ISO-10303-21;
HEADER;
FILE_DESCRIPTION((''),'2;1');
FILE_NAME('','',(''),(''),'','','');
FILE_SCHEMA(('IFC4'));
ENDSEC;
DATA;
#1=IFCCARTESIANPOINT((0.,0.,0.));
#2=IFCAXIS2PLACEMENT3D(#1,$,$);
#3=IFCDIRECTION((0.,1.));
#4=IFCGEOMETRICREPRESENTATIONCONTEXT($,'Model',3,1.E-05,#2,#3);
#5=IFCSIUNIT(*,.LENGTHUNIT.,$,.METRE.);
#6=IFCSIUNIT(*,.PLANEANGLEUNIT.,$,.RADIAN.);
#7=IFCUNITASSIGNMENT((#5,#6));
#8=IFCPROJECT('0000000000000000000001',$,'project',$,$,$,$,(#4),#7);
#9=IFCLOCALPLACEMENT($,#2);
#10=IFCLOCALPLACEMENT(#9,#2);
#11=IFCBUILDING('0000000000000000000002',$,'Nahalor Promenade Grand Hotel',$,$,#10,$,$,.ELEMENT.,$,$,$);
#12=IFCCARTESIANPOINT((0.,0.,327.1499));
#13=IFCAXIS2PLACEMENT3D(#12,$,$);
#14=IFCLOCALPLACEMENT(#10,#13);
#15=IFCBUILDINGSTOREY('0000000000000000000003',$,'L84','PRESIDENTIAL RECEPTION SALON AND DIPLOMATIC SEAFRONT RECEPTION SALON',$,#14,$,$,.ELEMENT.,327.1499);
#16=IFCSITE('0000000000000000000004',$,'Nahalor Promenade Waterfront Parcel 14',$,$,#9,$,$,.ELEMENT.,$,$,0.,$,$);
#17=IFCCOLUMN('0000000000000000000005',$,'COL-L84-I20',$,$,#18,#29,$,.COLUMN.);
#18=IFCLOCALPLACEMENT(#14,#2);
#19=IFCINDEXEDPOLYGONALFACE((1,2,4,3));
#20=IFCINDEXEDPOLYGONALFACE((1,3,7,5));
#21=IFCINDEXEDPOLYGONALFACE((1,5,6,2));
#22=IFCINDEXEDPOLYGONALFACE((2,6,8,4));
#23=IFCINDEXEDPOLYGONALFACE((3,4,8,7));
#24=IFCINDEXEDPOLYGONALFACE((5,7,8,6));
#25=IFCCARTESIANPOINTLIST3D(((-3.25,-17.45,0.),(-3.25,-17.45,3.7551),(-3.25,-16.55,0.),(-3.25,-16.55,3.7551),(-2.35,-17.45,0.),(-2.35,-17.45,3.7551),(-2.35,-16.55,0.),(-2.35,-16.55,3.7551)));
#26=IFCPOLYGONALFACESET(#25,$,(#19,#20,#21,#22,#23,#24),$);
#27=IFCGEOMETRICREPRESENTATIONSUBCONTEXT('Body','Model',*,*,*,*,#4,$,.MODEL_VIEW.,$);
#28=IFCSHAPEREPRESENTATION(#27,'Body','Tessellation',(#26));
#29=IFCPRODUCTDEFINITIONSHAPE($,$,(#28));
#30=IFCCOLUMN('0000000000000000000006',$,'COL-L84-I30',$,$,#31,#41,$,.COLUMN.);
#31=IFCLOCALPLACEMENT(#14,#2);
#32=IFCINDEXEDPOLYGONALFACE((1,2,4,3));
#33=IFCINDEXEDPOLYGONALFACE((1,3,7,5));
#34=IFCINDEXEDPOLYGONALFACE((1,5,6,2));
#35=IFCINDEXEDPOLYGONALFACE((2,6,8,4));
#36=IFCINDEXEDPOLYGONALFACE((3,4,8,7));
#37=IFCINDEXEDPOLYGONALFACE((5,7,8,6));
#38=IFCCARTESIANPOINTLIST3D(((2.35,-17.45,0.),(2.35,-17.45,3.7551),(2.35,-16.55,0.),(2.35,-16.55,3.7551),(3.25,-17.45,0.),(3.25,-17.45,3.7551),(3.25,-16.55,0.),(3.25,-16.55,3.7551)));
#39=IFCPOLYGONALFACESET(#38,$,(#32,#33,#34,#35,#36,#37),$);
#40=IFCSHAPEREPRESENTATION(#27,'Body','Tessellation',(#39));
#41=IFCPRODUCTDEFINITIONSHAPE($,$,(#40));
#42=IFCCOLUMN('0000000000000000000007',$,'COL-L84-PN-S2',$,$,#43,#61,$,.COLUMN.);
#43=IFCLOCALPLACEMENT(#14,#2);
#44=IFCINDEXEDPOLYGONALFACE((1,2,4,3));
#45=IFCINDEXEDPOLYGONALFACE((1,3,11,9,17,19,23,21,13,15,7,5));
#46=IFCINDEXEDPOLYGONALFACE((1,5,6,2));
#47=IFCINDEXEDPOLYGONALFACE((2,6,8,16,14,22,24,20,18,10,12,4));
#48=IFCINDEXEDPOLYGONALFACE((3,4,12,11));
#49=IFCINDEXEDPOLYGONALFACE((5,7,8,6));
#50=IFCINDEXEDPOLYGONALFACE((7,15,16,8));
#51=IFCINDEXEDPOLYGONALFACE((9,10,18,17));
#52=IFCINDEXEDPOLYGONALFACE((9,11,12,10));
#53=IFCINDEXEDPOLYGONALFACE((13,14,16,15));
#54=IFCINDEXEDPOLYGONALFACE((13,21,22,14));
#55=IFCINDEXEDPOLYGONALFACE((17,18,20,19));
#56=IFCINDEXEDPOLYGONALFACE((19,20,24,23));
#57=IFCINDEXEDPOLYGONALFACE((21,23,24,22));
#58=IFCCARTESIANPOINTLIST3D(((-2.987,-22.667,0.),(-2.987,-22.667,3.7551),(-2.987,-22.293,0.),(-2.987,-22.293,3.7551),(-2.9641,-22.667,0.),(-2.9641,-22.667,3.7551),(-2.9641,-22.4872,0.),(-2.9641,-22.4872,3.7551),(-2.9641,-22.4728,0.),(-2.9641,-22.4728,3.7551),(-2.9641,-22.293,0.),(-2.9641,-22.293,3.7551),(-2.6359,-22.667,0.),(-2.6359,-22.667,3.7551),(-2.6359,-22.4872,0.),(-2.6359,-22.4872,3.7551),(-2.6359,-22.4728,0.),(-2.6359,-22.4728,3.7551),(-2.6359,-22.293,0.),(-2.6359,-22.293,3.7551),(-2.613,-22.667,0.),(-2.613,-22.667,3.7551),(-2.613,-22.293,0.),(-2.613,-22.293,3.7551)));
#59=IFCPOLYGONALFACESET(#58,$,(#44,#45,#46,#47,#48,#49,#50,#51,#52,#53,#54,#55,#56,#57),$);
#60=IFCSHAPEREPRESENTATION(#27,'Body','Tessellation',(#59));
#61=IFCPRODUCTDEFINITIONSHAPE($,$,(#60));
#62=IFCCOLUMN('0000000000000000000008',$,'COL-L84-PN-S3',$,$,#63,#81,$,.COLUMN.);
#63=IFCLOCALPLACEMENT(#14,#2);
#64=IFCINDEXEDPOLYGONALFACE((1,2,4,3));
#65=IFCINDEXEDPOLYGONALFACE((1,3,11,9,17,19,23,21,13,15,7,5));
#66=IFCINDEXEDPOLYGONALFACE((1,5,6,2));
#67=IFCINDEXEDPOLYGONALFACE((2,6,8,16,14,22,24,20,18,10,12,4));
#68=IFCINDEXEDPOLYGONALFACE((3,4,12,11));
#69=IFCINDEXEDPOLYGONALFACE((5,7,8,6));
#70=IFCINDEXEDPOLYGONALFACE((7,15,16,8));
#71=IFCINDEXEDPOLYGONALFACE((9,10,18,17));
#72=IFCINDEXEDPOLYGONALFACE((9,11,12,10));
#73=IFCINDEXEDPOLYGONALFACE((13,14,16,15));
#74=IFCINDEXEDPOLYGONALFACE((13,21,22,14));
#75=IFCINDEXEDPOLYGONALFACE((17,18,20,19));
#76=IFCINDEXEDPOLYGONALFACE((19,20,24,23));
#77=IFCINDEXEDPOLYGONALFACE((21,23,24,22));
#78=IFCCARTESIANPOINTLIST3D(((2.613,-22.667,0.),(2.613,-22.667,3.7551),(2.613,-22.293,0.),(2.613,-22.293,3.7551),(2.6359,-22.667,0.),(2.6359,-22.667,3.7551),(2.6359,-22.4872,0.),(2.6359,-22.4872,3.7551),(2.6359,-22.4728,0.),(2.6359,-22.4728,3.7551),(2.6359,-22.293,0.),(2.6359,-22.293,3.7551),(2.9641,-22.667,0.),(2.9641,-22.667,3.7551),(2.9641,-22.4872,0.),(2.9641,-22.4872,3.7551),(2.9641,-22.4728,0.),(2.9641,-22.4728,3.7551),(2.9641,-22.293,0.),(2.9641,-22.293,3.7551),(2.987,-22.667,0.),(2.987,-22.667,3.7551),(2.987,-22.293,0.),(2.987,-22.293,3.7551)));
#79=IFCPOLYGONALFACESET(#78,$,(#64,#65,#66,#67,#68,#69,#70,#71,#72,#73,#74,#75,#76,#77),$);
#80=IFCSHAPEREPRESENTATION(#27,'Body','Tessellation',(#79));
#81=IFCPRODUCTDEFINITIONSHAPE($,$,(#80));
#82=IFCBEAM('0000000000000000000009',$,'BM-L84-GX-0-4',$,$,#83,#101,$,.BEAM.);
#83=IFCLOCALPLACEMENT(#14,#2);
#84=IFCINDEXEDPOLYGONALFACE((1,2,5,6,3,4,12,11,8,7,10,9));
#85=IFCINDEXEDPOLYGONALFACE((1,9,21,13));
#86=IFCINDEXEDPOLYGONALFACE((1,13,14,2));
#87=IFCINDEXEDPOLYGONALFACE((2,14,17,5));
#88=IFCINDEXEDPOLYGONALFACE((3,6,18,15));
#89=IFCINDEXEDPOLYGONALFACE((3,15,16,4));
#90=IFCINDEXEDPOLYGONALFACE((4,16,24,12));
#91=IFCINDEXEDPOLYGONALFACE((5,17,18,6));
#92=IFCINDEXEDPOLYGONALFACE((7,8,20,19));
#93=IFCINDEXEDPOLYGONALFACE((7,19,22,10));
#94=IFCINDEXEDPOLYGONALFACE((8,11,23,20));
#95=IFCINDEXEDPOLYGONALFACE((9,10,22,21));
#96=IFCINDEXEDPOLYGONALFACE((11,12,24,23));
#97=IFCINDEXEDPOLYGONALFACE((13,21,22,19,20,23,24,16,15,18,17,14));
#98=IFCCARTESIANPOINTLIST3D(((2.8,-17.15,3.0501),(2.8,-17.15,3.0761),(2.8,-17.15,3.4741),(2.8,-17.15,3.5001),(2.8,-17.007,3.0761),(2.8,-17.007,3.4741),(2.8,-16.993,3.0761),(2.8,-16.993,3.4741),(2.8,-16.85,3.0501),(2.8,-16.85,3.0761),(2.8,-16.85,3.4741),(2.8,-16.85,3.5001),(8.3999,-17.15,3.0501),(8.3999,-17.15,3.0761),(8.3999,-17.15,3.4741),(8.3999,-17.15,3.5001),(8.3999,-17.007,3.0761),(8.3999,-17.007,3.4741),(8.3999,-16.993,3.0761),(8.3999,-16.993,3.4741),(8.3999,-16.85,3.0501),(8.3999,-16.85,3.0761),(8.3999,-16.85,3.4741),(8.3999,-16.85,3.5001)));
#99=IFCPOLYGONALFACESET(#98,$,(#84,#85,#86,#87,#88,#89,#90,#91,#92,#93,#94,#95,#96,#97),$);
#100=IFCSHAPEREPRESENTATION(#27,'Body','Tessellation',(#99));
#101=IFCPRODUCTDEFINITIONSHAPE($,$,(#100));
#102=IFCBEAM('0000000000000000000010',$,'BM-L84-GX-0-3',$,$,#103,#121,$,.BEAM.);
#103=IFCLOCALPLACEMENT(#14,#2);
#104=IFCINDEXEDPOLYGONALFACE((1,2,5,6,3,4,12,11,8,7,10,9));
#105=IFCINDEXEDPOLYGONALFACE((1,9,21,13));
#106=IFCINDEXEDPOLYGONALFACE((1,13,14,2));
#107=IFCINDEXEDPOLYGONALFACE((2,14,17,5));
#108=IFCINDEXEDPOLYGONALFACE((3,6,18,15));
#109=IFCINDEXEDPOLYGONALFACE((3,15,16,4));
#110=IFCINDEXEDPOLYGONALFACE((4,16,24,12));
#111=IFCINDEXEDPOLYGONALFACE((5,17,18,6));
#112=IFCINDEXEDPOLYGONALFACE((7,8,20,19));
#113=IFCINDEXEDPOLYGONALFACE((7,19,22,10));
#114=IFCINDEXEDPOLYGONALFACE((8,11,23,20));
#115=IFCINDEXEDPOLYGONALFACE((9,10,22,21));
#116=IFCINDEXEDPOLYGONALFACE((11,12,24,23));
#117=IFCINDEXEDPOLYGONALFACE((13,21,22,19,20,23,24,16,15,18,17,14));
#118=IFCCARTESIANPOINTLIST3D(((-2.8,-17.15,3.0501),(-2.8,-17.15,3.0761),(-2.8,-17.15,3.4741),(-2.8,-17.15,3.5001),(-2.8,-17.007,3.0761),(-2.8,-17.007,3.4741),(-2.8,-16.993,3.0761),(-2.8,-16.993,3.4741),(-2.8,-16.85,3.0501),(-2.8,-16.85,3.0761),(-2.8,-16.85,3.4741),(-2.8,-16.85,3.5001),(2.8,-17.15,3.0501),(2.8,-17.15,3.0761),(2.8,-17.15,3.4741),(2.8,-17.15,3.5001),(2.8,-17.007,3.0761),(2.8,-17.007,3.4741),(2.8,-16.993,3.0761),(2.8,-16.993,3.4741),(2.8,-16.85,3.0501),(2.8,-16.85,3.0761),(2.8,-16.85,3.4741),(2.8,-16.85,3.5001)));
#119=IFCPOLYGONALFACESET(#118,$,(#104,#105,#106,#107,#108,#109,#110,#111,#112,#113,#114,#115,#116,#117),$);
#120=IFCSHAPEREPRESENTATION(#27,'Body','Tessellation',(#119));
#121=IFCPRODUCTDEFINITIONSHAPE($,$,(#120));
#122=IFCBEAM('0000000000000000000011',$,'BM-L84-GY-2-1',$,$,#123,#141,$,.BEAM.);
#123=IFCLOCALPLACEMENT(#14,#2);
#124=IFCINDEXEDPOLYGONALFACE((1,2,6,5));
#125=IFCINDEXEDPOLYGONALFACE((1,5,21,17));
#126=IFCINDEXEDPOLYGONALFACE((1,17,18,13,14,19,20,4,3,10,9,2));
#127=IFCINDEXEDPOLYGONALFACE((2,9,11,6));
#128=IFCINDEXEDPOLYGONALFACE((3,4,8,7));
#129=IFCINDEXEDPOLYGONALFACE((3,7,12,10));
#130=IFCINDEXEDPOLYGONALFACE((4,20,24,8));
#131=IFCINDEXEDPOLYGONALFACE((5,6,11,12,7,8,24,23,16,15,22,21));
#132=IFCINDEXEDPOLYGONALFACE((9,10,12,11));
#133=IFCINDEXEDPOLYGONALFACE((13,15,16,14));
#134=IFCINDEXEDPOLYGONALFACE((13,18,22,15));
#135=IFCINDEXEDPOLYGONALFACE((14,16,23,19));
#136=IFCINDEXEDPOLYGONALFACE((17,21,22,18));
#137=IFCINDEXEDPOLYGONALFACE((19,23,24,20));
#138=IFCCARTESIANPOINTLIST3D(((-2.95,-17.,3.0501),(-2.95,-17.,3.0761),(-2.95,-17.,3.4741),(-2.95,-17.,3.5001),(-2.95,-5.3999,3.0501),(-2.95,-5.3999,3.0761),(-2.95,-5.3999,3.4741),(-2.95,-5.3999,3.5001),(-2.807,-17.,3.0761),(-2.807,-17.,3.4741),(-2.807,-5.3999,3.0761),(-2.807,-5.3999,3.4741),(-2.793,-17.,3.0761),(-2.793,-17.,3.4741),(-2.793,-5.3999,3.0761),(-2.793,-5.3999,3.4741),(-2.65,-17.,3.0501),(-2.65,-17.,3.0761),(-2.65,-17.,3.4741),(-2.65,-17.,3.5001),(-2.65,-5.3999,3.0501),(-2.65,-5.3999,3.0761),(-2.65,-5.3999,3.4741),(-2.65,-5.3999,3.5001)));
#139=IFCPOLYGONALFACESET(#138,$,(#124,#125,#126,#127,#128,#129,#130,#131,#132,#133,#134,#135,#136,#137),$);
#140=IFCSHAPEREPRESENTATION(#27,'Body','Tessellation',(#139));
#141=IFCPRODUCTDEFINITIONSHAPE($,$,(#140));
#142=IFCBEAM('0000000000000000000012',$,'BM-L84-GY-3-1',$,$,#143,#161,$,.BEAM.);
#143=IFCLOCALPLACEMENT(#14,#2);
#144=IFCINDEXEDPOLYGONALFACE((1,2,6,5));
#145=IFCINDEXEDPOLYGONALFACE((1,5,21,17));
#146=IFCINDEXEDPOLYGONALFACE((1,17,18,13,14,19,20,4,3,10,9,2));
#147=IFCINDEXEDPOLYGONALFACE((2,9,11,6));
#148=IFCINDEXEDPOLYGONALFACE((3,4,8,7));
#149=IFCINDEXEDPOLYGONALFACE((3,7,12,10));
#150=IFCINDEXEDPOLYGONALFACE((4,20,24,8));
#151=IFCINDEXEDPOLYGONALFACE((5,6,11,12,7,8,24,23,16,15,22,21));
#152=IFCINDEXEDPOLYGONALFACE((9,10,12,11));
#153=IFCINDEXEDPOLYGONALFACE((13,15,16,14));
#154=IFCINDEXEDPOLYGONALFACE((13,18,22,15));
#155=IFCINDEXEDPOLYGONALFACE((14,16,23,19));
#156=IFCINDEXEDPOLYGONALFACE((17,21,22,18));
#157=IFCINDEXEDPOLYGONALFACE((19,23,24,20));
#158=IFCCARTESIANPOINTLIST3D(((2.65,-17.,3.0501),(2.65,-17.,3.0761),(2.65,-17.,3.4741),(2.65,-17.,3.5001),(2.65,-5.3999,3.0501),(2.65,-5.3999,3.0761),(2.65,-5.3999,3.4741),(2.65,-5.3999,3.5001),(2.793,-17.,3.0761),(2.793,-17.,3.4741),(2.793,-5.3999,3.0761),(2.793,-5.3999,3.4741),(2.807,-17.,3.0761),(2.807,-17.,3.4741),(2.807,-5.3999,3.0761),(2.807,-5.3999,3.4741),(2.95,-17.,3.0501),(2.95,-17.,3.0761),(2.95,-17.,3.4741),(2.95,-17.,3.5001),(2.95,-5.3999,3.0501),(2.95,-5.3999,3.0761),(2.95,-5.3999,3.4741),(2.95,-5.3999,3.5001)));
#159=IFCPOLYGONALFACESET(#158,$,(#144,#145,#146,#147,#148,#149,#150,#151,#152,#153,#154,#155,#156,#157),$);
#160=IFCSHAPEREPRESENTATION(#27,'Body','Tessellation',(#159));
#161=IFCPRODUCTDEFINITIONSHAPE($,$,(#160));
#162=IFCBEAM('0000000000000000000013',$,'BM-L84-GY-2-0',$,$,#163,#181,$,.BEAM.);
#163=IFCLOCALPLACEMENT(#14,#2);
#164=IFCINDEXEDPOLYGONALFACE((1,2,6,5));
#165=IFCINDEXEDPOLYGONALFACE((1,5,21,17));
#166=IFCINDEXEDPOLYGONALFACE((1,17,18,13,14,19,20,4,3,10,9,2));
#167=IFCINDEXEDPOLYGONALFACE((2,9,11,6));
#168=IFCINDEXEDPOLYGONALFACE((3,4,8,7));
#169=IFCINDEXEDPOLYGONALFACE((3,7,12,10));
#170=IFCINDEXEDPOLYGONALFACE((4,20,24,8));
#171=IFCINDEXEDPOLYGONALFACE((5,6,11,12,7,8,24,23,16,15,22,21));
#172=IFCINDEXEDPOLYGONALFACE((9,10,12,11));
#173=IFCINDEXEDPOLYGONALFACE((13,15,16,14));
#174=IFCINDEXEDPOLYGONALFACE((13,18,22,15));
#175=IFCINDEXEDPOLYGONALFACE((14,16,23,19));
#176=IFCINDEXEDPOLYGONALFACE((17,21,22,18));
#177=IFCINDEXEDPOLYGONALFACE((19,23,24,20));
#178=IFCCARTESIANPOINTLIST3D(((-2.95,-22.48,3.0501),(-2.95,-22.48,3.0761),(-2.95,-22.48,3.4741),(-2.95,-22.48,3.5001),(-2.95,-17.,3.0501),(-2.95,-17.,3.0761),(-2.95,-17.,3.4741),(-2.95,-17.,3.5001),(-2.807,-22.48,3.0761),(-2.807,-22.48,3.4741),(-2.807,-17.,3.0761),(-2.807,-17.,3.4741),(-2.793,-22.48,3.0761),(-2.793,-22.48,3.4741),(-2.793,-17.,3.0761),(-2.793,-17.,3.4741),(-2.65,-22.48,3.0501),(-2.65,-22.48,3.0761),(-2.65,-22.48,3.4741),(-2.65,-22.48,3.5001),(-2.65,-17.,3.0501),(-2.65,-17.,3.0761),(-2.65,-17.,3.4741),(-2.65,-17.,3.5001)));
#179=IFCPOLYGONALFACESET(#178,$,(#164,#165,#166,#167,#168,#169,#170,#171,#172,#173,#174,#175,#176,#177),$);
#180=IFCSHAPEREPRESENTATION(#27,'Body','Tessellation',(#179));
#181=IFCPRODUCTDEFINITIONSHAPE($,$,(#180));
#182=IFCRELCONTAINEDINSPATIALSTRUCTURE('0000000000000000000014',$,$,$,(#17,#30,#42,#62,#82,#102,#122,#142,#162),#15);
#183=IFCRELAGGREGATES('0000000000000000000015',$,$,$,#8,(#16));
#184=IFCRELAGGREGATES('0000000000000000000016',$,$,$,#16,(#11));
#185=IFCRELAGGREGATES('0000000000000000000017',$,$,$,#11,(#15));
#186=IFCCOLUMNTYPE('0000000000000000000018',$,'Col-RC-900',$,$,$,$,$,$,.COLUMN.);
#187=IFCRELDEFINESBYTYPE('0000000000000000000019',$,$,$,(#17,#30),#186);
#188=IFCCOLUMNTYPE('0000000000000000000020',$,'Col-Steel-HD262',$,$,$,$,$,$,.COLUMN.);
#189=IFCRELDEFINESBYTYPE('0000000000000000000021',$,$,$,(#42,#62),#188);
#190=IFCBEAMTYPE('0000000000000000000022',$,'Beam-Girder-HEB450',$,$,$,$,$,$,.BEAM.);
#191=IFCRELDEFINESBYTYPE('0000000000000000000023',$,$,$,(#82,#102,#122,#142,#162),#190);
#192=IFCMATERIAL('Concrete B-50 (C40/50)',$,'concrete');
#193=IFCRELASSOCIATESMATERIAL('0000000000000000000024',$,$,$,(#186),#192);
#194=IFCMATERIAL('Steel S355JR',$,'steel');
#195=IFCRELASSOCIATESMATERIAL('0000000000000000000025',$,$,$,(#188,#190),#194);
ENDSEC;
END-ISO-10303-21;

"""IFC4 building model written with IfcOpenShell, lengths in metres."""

from ifc_helpers import new_model, si_unit, direction, frame, origin, origin_2d, place, context, subcontext, project, spatial, rectangle, i_section, extrude, source, transform, mapped, material, material_profile, profile_set, type_object, element, save


model = new_model("IFC4")

# Units and contexts
model_context = context("Model", 3, precision=1e-05, world=origin(), true_north=direction((0.0, 1.0)))
body_context = subcontext(model_context, "Body", "Model", "MODEL_VIEW")
ifc_project = project(units=[si_unit("LENGTHUNIT", "METRE"), si_unit("PLANEANGLEUNIT", "RADIAN")], contexts=[model_context])

# Site, building, storey
site_placement = place(None, origin())
site = spatial("IfcSite", under=ifc_project, at=site_placement, Name="Nahalor Promenade Waterfront Parcel 14", CompositionType="ELEMENT", RefElevation=0.0)
building_placement = place(site_placement, origin())
building = spatial("IfcBuilding", under=site, at=building_placement, Name="Nahalor Promenade Grand Hotel", CompositionType="ELEMENT")
storey_placement = place(building_placement, frame((0.0, 0.0, 327.1499)))
storey = spatial("IfcBuildingStorey", under=building, at=storey_placement, Name="L84", Description="PRESIDENTIAL RECEPTION SALON AND DIPLOMATIC SEAFRONT RECEPTION SALON", CompositionType="ELEMENT", Elevation=327.1499)

# Columns
ifc_material_1 = material(Name="Concrete B-50 (C40/50)", Category="concrete")
ifc_material_profile_1 = material_profile(ifc_material_1, rectangle(XDim=0.9, YDim=0.9, at=origin_2d()), Name="RC 900x900")
ifc_profile_set_1 = profile_set([ifc_material_profile_1], Name="Concrete B-50 (C40/50)")
column_type_1 = type_object("IfcColumnType", Name="Col-RC-900", PredefinedType="COLUMN", material=ifc_profile_set_1)
shared_shape_1 = source(origin(), body_context, "Body", "SweptSolid", [
    extrude(rectangle(XDim=0.9, YDim=0.9, at=origin_2d()), origin(), (0.0, 0.0, 1.0), 3.7551),
])
for number, where, z_axis, x_axis, name in (
    (1, (-2.8, -17.0, 0.0), (0.0, 0.0, 1.0), (1.0, 0.0, 0.0), "COL-L84-I20"),
    (2, (2.8, -17.0, 0.0), (0.0, 0.0, 1.0), (1.0, 0.0, 0.0), "COL-L84-I30"),
):
    element("IfcColumn", number, at=place(storey_placement, frame(where, z_axis=z_axis, x_axis=x_axis)), inside=storey, type_object=column_type_1, Name=name, PredefinedType="COLUMN", context=body_context, shape_type="MappedRepresentation", body=[
        mapped(shared_shape_1, transform((0.0, 0.0, 0.0), scale=1.0)),
    ])
ifc_material_2 = material(Name="Steel S355JR", Category="steel")
ifc_material_profile_2 = material_profile(ifc_material_2, i_section(OverallWidth=0.374, OverallDepth=0.374, WebThickness=0.0144, FlangeThickness=0.0229, at=origin_2d()), Name="HD 360x262")
ifc_profile_set_2 = profile_set([ifc_material_profile_2], Name="Steel S355JR")
column_type_2 = type_object("IfcColumnType", Name="Col-Steel-HD262", PredefinedType="COLUMN", material=ifc_profile_set_2)
shared_shape_2 = source(origin(), body_context, "Body", "SweptSolid", [
    extrude(i_section(OverallWidth=0.374, OverallDepth=0.374, WebThickness=0.0144, FlangeThickness=0.0229, at=origin_2d()), origin(), (0.0, 0.0, 1.0), 3.7551),
])
for number, where, z_axis, x_axis, name in (
    (3, (-2.8, -22.48, 0.0), (0.0, 0.0, 1.0), (0.0, 1.0, 0.0), "COL-L84-PN-S2"),
    (4, (2.8, -22.48, 0.0), (0.0, 0.0, 1.0), (0.0, 1.0, 0.0), "COL-L84-PN-S3"),
):
    element("IfcColumn", number, at=place(storey_placement, frame(where, z_axis=z_axis, x_axis=x_axis)), inside=storey, type_object=column_type_2, Name=name, PredefinedType="COLUMN", context=body_context, shape_type="MappedRepresentation", body=[
        mapped(shared_shape_2, transform((0.0, 0.0, 0.0), scale=1.0)),
    ])

# Beams
ifc_material_profile_3 = material_profile(ifc_material_2, i_section(OverallWidth=0.3, OverallDepth=0.45, WebThickness=0.014, FlangeThickness=0.026, at=origin_2d()), Name="HEB 450")
ifc_profile_set_3 = profile_set([ifc_material_profile_3], Name="Steel S355JR")
beam_type_1 = type_object("IfcBeamType", Name="Beam-Girder-HEB450", PredefinedType="BEAM", material=ifc_profile_set_3)
shared_shape_3 = source(origin(), body_context, "Body", "SweptSolid", [
    extrude(i_section(OverallWidth=0.3, OverallDepth=0.45, WebThickness=0.014, FlangeThickness=0.026, at=origin_2d()), origin(), (0.0, 0.0, 1.0), 5.5999),
])
beam_1_placement = place(storey_placement, frame((2.8, -17.0, 3.2751), z_axis=(1.0, 0.0, 0.0), x_axis=(0.0, 1.0, 0.0)))
element("IfcBeam", 5, at=beam_1_placement, inside=storey, type_object=beam_type_1, Name="BM-L84-GX-0-4", PredefinedType="BEAM", context=body_context, shape_type="MappedRepresentation", body=[
    mapped(shared_shape_3, transform((0.0, 0.0, 0.0), scale=1.0)),
])
shared_shape_4 = source(origin(), body_context, "Body", "SweptSolid", [
    extrude(i_section(OverallWidth=0.3, OverallDepth=0.45, WebThickness=0.014, FlangeThickness=0.026, at=origin_2d()), origin(), (0.0, 0.0, 1.0), 5.6001),
])
beam_2_placement = place(storey_placement, frame((-2.8, -17.0, 3.2751), z_axis=(1.0, 0.0, 0.0), x_axis=(0.0, 1.0, 0.0)))
element("IfcBeam", 6, at=beam_2_placement, inside=storey, type_object=beam_type_1, Name="BM-L84-GX-0-3", PredefinedType="BEAM", context=body_context, shape_type="MappedRepresentation", body=[
    mapped(shared_shape_4, transform((0.0, 0.0, 0.0), scale=1.0)),
])
shared_shape_5 = source(origin(), body_context, "Body", "SweptSolid", [
    extrude(i_section(OverallWidth=0.3, OverallDepth=0.45, WebThickness=0.014, FlangeThickness=0.026, at=origin_2d()), origin(), (0.0, 0.0, 1.0), 11.6001),
])
for number, where, z_axis, x_axis, name in (
    (7, (-2.8, -17.0, 3.2751), (0.0, 1.0, 0.0), (-1.0, 0.0, 0.0), "BM-L84-GY-2-1"),
    (8, (2.8, -17.0, 3.2751), (0.0, 1.0, 0.0), (-1.0, 0.0, 0.0), "BM-L84-GY-3-1"),
):
    element("IfcBeam", number, at=place(storey_placement, frame(where, z_axis=z_axis, x_axis=x_axis)), inside=storey, type_object=beam_type_1, Name=name, PredefinedType="BEAM", context=body_context, shape_type="MappedRepresentation", body=[
        mapped(shared_shape_5, transform((0.0, 0.0, 0.0), scale=1.0)),
    ])
shared_shape_6 = source(origin(), body_context, "Body", "SweptSolid", [
    extrude(i_section(OverallWidth=0.3, OverallDepth=0.45, WebThickness=0.014, FlangeThickness=0.026, at=origin_2d()), origin(), (0.0, 0.0, 1.0), 5.48),
])
for number, where, z_axis, x_axis, name in (
    (9, (-2.8, -22.48, 3.2751), (0.0, 1.0, 0.0), (-1.0, 0.0, 0.0), "BM-L84-GY-2-0"),
):
    element("IfcBeam", number, at=place(storey_placement, frame(where, z_axis=z_axis, x_axis=x_axis)), inside=storey, type_object=beam_type_1, Name=name, PredefinedType="BEAM", context=body_context, shape_type="MappedRepresentation", body=[
        mapped(shared_shape_6, transform((0.0, 0.0, 0.0), scale=1.0)),
    ])

save(model, "model.ifc")
